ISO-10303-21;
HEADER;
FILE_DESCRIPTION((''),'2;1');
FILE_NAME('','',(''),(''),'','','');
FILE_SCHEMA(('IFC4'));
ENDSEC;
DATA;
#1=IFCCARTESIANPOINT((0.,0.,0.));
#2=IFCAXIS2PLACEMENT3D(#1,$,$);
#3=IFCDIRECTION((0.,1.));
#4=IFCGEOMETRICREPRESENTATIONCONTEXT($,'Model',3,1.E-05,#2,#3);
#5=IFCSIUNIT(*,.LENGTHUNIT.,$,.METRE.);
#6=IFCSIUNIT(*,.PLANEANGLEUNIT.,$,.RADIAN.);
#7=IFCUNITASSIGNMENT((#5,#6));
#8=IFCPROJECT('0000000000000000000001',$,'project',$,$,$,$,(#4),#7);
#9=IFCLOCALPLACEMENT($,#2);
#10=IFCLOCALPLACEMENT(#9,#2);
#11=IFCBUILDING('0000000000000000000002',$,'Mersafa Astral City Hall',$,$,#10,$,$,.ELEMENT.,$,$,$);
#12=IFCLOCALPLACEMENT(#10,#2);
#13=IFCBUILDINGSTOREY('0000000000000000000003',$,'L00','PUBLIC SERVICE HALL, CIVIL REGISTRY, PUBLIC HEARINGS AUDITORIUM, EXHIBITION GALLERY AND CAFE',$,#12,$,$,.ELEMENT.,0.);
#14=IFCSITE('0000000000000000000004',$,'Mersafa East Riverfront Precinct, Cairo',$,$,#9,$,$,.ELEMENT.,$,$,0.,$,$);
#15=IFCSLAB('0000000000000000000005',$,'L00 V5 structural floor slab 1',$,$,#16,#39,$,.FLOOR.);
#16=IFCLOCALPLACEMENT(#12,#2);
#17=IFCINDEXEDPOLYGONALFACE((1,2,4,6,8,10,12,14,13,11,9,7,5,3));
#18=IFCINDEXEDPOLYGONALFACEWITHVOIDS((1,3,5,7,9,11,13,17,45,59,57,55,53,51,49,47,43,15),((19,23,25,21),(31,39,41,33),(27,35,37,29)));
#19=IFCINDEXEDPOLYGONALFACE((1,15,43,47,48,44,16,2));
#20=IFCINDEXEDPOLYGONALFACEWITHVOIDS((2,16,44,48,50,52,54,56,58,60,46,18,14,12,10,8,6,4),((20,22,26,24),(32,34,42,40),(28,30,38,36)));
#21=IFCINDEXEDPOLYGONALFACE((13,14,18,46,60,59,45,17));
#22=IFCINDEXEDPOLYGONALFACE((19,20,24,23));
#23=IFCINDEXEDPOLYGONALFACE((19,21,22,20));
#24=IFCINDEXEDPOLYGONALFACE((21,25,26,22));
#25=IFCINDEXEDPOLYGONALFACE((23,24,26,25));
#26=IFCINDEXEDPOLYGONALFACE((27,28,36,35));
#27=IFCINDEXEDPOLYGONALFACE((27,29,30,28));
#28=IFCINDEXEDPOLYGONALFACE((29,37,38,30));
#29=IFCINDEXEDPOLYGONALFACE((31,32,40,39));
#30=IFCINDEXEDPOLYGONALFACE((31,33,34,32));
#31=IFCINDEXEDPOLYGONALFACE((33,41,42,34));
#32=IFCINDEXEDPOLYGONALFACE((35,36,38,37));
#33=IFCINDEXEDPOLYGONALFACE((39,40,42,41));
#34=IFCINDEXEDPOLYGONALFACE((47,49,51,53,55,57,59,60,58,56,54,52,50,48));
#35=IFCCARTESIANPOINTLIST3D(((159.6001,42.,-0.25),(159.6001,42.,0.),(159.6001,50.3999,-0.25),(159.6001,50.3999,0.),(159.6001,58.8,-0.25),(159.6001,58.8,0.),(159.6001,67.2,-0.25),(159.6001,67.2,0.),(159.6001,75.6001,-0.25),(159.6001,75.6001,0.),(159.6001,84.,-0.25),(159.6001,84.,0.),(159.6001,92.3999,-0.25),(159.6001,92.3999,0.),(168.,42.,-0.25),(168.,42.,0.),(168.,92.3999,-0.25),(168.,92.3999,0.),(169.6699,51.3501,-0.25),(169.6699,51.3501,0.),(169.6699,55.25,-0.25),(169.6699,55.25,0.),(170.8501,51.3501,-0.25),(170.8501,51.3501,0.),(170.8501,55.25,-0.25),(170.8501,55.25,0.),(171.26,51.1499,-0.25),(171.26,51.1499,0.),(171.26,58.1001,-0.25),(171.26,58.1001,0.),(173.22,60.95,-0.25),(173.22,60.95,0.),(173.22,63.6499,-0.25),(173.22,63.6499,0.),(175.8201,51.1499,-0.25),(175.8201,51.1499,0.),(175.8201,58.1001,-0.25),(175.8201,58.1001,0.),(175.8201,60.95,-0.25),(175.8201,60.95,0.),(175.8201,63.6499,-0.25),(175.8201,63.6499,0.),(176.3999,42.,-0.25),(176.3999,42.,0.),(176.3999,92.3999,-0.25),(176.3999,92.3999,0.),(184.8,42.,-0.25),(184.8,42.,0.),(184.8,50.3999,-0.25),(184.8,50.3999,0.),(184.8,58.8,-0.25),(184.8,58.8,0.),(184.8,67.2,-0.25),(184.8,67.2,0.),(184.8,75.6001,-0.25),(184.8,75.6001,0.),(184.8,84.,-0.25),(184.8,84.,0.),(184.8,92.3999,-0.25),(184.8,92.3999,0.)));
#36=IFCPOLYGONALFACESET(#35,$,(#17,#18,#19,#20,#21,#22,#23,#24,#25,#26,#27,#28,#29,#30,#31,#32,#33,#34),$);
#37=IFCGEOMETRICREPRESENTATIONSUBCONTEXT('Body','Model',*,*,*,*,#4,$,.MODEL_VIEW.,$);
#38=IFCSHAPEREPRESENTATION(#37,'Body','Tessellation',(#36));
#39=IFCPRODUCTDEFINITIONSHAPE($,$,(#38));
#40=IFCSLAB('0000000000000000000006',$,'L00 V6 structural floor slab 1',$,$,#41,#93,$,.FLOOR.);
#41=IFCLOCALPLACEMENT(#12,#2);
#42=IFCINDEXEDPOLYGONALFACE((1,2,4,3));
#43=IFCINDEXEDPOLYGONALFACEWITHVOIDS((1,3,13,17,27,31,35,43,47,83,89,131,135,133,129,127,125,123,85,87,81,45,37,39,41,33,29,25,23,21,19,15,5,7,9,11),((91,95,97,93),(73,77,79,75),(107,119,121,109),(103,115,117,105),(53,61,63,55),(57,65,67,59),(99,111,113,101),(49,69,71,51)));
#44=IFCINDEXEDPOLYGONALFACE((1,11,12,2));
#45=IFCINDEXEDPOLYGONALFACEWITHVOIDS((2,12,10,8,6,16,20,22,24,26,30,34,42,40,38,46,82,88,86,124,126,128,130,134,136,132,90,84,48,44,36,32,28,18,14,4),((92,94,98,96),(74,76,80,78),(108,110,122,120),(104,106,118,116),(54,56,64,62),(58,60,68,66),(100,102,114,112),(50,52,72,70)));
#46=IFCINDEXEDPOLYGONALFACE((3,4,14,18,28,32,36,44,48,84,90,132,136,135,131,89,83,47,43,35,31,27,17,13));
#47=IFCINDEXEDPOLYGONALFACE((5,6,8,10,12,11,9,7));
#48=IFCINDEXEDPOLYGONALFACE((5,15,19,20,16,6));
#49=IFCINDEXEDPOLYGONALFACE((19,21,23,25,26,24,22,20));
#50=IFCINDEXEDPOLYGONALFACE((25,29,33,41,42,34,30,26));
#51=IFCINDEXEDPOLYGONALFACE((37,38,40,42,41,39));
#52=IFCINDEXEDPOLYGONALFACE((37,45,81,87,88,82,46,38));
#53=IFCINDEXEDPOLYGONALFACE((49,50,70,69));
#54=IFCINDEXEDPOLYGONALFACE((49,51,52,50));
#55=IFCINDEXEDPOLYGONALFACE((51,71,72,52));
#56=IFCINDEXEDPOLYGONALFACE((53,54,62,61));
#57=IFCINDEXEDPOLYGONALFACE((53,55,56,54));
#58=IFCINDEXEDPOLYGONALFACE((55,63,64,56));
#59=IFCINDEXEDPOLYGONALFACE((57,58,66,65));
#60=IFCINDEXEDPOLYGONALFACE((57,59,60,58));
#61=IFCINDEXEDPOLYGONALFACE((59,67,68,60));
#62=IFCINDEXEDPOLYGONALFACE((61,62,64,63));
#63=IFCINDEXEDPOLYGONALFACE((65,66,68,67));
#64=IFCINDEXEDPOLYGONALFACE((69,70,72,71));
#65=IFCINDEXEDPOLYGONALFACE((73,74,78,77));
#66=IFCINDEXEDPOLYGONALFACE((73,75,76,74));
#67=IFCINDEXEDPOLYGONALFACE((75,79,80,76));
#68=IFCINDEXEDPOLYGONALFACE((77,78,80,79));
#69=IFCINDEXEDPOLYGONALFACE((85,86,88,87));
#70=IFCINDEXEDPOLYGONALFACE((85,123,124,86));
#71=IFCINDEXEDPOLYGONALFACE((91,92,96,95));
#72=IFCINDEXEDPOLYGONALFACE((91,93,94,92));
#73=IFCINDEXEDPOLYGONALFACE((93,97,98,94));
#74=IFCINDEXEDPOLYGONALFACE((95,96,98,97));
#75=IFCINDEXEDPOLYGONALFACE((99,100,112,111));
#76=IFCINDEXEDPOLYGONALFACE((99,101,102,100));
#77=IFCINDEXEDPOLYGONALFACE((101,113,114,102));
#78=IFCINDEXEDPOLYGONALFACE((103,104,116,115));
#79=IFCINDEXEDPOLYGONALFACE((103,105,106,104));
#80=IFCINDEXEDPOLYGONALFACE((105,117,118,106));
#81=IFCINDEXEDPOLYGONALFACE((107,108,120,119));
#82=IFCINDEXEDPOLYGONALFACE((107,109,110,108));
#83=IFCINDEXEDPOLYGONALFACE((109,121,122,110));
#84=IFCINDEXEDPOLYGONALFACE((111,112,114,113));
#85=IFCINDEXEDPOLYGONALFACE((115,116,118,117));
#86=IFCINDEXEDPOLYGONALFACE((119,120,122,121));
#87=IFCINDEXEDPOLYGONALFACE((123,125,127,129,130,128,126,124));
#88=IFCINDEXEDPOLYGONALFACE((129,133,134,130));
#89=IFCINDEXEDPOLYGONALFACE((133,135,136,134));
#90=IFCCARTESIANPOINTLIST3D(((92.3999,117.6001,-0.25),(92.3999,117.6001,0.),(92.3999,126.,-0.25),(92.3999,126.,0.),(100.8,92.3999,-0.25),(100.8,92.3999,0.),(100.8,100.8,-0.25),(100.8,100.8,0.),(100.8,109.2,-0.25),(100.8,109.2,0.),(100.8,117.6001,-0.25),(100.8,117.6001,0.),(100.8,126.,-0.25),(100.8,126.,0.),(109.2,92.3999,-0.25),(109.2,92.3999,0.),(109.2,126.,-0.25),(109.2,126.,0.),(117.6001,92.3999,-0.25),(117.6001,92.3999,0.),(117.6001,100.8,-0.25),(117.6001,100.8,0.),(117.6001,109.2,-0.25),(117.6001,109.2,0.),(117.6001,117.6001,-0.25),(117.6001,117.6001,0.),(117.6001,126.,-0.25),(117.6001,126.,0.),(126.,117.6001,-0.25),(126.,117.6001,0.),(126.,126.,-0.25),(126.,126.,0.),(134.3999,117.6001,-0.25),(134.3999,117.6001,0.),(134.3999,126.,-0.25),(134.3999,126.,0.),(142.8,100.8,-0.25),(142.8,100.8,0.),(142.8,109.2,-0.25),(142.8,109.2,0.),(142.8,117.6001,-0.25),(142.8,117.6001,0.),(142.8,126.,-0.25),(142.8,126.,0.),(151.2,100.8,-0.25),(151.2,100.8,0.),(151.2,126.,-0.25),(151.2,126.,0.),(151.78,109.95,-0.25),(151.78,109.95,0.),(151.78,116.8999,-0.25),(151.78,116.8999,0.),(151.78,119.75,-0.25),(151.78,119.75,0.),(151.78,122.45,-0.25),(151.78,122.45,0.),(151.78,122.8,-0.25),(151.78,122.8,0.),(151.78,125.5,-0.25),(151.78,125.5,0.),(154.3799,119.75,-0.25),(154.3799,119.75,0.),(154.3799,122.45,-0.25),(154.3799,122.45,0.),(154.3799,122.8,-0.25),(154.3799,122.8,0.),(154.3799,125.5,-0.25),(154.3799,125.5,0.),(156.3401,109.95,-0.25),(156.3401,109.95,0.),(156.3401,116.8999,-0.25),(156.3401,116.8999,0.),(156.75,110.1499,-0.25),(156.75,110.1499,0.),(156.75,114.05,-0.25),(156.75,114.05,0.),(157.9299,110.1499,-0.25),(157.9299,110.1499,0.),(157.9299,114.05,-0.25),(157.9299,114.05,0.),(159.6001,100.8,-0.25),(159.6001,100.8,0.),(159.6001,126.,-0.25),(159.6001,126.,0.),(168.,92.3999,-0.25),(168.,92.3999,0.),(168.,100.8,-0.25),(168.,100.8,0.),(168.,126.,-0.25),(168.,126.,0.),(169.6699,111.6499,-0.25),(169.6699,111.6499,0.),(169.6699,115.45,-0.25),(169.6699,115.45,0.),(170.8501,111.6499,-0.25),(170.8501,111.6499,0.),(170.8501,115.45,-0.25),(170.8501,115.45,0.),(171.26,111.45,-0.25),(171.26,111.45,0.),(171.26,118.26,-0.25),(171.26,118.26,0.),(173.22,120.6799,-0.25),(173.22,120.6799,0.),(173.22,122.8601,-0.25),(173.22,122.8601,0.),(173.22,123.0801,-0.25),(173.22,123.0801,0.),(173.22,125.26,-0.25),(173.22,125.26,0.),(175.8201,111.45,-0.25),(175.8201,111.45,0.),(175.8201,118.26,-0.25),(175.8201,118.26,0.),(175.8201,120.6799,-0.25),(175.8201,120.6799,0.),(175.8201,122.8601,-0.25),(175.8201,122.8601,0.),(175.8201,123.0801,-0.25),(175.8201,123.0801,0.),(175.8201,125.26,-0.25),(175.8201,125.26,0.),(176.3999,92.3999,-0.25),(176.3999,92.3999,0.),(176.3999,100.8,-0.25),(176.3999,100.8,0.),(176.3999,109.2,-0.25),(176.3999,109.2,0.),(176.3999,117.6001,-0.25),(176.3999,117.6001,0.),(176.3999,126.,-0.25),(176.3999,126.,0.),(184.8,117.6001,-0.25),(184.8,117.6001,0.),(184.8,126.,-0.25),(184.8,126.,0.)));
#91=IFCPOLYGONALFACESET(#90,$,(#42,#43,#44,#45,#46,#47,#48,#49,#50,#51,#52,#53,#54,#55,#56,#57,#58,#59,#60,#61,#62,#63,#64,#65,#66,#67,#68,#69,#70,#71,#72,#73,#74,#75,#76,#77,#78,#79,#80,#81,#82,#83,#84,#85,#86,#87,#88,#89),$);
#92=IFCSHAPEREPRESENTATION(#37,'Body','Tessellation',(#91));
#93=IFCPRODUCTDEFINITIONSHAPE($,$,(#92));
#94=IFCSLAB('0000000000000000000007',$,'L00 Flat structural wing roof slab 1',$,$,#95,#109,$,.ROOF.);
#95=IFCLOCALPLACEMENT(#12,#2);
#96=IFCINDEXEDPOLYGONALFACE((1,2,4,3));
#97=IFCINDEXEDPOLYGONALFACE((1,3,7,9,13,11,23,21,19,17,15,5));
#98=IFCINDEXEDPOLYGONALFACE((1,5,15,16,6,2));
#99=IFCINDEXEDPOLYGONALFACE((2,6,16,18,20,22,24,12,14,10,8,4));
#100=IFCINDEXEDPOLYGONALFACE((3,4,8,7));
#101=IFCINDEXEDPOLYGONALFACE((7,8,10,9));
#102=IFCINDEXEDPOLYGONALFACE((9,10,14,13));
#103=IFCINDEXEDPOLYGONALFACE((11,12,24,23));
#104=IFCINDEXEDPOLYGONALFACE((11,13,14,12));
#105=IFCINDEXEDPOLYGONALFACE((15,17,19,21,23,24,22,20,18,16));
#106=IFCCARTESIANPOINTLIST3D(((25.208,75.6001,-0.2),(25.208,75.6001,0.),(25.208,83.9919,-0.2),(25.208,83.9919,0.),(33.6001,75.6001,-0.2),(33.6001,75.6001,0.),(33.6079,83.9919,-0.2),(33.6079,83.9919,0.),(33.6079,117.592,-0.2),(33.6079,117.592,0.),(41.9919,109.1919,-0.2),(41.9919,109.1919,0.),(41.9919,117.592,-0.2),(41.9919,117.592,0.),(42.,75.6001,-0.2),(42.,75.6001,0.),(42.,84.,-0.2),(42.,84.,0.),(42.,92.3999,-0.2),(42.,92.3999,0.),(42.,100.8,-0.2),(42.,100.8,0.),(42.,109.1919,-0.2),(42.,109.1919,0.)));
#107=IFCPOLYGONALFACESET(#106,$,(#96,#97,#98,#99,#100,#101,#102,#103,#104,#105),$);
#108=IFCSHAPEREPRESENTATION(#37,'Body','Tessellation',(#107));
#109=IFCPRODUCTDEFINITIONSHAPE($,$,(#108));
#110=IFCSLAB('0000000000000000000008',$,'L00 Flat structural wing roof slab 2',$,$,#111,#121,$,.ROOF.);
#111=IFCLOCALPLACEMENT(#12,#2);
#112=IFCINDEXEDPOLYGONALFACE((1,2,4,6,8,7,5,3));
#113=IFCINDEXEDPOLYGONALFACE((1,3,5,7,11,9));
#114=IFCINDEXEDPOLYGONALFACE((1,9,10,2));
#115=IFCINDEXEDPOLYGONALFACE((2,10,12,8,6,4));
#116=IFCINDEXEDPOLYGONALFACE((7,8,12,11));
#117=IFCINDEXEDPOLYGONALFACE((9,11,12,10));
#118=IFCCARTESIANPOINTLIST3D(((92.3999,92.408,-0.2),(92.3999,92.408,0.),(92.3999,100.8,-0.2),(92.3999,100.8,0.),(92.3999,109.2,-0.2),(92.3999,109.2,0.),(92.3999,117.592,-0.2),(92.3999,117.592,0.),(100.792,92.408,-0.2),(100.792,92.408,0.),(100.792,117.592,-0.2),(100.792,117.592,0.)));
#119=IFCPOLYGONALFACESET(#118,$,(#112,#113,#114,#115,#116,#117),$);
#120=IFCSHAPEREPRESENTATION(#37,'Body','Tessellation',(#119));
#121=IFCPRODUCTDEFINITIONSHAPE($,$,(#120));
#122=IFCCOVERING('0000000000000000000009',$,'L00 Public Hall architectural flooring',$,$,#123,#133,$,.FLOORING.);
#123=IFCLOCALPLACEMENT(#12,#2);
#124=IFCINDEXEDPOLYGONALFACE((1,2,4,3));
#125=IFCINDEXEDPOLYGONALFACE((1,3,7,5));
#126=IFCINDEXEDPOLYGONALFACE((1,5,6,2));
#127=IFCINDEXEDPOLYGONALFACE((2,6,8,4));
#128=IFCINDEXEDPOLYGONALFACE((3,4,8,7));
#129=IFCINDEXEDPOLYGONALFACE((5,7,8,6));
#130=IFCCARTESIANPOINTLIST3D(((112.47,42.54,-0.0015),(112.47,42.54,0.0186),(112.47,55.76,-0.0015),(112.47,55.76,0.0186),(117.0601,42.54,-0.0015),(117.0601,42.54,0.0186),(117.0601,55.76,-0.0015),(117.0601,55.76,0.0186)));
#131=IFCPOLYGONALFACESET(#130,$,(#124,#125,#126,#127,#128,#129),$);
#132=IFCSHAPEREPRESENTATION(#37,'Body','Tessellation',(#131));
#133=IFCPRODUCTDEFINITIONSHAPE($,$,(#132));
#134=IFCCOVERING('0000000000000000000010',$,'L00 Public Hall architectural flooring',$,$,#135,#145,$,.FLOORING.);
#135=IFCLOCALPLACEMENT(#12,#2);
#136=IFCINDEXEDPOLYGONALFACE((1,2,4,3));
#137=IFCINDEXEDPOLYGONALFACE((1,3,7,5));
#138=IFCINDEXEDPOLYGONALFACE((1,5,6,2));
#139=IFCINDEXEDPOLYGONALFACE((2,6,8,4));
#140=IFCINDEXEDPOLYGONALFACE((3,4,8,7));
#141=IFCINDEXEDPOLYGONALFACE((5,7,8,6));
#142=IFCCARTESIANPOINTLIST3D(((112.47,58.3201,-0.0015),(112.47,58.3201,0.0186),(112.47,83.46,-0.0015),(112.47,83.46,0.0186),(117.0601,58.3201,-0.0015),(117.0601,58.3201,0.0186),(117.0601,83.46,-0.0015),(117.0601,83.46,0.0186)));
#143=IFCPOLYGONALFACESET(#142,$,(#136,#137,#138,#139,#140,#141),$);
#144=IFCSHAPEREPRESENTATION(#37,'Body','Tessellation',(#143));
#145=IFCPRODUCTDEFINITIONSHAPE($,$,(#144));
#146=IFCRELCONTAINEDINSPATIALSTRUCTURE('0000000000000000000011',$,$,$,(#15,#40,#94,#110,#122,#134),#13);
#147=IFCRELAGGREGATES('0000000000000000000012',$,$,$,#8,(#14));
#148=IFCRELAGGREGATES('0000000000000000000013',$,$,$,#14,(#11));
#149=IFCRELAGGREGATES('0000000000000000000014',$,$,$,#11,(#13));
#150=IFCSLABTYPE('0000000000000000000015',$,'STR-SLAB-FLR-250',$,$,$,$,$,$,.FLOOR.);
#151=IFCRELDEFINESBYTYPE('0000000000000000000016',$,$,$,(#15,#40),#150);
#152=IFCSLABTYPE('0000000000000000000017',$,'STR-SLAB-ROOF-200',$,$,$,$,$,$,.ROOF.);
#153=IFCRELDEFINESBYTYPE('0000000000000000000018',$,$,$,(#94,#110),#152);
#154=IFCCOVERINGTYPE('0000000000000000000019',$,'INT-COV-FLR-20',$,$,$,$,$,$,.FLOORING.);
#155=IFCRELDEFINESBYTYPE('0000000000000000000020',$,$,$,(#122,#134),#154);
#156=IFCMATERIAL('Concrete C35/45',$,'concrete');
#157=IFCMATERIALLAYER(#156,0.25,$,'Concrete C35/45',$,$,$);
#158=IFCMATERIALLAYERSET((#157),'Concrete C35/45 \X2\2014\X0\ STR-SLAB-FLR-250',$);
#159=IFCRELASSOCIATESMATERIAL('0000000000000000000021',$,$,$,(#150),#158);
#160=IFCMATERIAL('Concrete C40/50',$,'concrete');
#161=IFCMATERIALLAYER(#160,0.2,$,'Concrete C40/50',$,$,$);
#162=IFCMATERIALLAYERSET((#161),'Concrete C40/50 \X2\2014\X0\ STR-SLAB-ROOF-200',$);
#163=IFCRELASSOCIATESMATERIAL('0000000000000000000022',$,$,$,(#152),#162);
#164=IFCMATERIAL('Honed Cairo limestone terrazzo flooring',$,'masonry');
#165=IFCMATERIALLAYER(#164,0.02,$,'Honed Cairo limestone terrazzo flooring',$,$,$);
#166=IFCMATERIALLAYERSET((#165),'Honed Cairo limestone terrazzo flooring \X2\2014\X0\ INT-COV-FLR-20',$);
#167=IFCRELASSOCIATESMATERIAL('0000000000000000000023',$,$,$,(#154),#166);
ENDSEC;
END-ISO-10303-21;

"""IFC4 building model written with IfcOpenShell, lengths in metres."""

from ifc_helpers import new_model, si_unit, direction, frame, origin, place, context, subcontext, project, spatial, polyline, outline, extrude, material, layer, layer_set, type_object, element, save


model = new_model("IFC4")

# Units and contexts
model_context = context("Model", 3, precision=1e-05, world=origin(), true_north=direction((0.0, 1.0)))
body_context = subcontext(model_context, "Body", "Model", "MODEL_VIEW")
ifc_project = project(units=[si_unit("LENGTHUNIT", "METRE"), si_unit("PLANEANGLEUNIT", "RADIAN")], contexts=[model_context])

# Site, building, storey
site_placement = place(None, origin())
site = spatial("IfcSite", under=ifc_project, at=site_placement, Name="Mersafa East Riverfront Precinct, Cairo", CompositionType="ELEMENT", RefElevation=0.0)
building_placement = place(site_placement, origin())
building = spatial("IfcBuilding", under=site, at=building_placement, Name="Mersafa Astral City Hall", CompositionType="ELEMENT")
storey_placement = place(building_placement, origin())
storey = spatial("IfcBuildingStorey", under=building, at=storey_placement, Name="L00", Description="PUBLIC SERVICE HALL, CIVIL REGISTRY, PUBLIC HEARINGS AUDITORIUM, EXHIBITION GALLERY AND CAFE", CompositionType="ELEMENT", Elevation=0.0)

# Slabs
ifc_material_1 = material(Name="Concrete C35/45", Category="concrete")
ifc_layer_1 = layer(ifc_material_1, 0.25, Name="Concrete C35/45")
ifc_layer_set_1 = layer_set([ifc_layer_1], Name="Concrete C35/45 — STR-SLAB-FLR-250")
slab_type_1 = type_object("IfcSlabType", Name="STR-SLAB-FLR-250", PredefinedType="FLOOR", material=ifc_layer_set_1)
slab_1_placement = place(storey_placement, frame((0.0, 0.0, -0.25)))
element("IfcSlab", 1, at=slab_1_placement, inside=storey, type_object=slab_type_1, Name="L00 V5 structural floor slab 1", PredefinedType="FLOOR", context=body_context, shape_type="SweptSolid", body=[
    extrude(outline(polyline([(159.6001, 67.2), (159.6001, 75.6001), (159.6001, 84.0), (159.6001, 92.3999), (168.0, 92.3999), (176.3999, 92.3999), (184.8, 92.3999), (184.8, 84.0), (184.8, 75.6001), (184.8, 67.2), (184.8, 58.8), (184.8, 50.3999), (184.8, 42.0), (176.3999, 42.0), (168.0, 42.0), (159.6001, 42.0), (159.6001, 50.3999), (159.6001, 58.8), (159.6001, 67.2)]), holes=[polyline([(170.8501, 55.25), (169.6699, 55.25), (169.6699, 51.3501), (170.8501, 51.3501), (170.8501, 55.25)]), polyline([(171.26, 51.1499), (175.8201, 51.1499), (175.8201, 58.1001), (171.26, 58.1001), (171.26, 51.1499)]), polyline([(175.8201, 63.6499), (173.22, 63.6499), (173.22, 60.95), (175.8201, 60.95), (175.8201, 63.6499)])]), origin(), (0.0, 0.0, 1.0), 0.25),
])
slab_2_placement = place(storey_placement, frame((0.0, 0.0, -0.25)))
element("IfcSlab", 2, at=slab_2_placement, inside=storey, type_object=slab_type_1, Name="L00 V6 structural floor slab 1", PredefinedType="FLOOR", context=body_context, shape_type="SweptSolid", body=[
    extrude(outline(polyline([(92.3999, 117.6001), (92.3999, 126.0), (100.8, 126.0), (109.2, 126.0), (117.6001, 126.0), (126.0, 126.0), (134.3999, 126.0), (142.8, 126.0), (151.2, 126.0), (159.6001, 126.0), (168.0, 126.0), (176.3999, 126.0), (184.8, 126.0), (184.8, 117.6001), (176.3999, 117.6001), (176.3999, 109.2), (176.3999, 100.8), (176.3999, 92.3999), (168.0, 92.3999), (168.0, 100.8), (159.6001, 100.8), (151.2, 100.8), (142.8, 100.8), (142.8, 109.2), (142.8, 117.6001), (134.3999, 117.6001), (126.0, 117.6001), (117.6001, 117.6001), (117.6001, 109.2), (117.6001, 100.8), (117.6001, 92.3999), (109.2, 92.3999), (100.8, 92.3999), (100.8, 100.8), (100.8, 109.2), (100.8, 117.6001), (92.3999, 117.6001)]), holes=[polyline([(154.3799, 119.75), (154.3799, 122.45), (151.78, 122.45), (151.78, 119.75), (154.3799, 119.75)]), polyline([(157.9299, 110.1499), (157.9299, 114.05), (156.75, 114.05), (156.75, 110.1499), (157.9299, 110.1499)]), polyline([(151.78, 116.8999), (151.78, 109.95), (156.3401, 109.95), (156.3401, 116.8999), (151.78, 116.8999)]), polyline([(170.8501, 115.45), (169.6699, 115.45), (169.6699, 111.6499), (170.8501, 111.6499), (170.8501, 115.45)]), polyline([(171.26, 111.45), (175.8201, 111.45), (175.8201, 118.26), (171.26, 118.26), (171.26, 111.45)]), polyline([(175.8201, 122.8601), (173.22, 122.8601), (173.22, 120.6799), (175.8201, 120.6799), (175.8201, 122.8601)]), polyline([(154.3799, 122.8), (154.3799, 125.5), (151.78, 125.5), (151.78, 122.8), (154.3799, 122.8)]), polyline([(175.8201, 123.0801), (175.8201, 125.26), (173.22, 125.26), (173.22, 123.0801), (175.8201, 123.0801)])]), origin(), (0.0, 0.0, 1.0), 0.25),
])
ifc_material_2 = material(Name="Concrete C40/50", Category="concrete")
ifc_layer_2 = layer(ifc_material_2, 0.2, Name="Concrete C40/50")
ifc_layer_set_2 = layer_set([ifc_layer_2], Name="Concrete C40/50 — STR-SLAB-ROOF-200")
slab_type_2 = type_object("IfcSlabType", Name="STR-SLAB-ROOF-200", PredefinedType="ROOF", material=ifc_layer_set_2)
slab_3_placement = place(storey_placement, frame((0.0, 0.0, -0.2)))
element("IfcSlab", 3, at=slab_3_placement, inside=storey, type_object=slab_type_2, Name="L00 Flat structural wing roof slab 1", PredefinedType="ROOF", context=body_context, shape_type="SweptSolid", body=[
    extrude(outline(polyline([(42.0, 100.8), (42.0, 92.3999), (42.0, 84.0), (42.0, 75.6001), (33.6001, 75.6001), (25.208, 75.6001), (25.208, 83.9919), (33.6079, 83.9919), (33.6079, 117.592), (41.9919, 117.592), (41.9919, 109.1919), (42.0, 109.1919), (42.0, 100.8)])), origin(), (0.0, 0.0, 1.0), 0.2),
])
slab_4_placement = place(storey_placement, frame((0.0, 0.0, -0.2)))
element("IfcSlab", 4, at=slab_4_placement, inside=storey, type_object=slab_type_2, Name="L00 Flat structural wing roof slab 2", PredefinedType="ROOF", context=body_context, shape_type="SweptSolid", body=[
    extrude(outline(polyline([(92.3999, 100.8), (92.3999, 109.2), (92.3999, 117.592), (100.792, 117.592), (100.792, 92.408), (92.3999, 92.408), (92.3999, 100.8)])), origin(), (0.0, 0.0, 1.0), 0.2),
])

# Coverings
ifc_material_3 = material(Name="Honed Cairo limestone terrazzo flooring", Category="masonry")
ifc_layer_3 = layer(ifc_material_3, 0.02, Name="Honed Cairo limestone terrazzo flooring")
ifc_layer_set_3 = layer_set([ifc_layer_3], Name="Honed Cairo limestone terrazzo flooring — INT-COV-FLR-20")
covering_type = type_object("IfcCoveringType", Name="INT-COV-FLR-20", PredefinedType="FLOORING", material=ifc_layer_set_3)
covering_1_placement = place(storey_placement, frame((0.0, 0.0, -0.0015)))
element("IfcCovering", 5, at=covering_1_placement, inside=storey, type_object=covering_type, Name="L00 Public Hall architectural flooring", PredefinedType="FLOORING", context=body_context, shape_type="SweptSolid", body=[
    extrude(outline(polyline([(112.47, 42.54), (112.47, 55.76), (117.0601, 55.76), (117.0601, 42.54), (112.47, 42.54)])), origin(), (0.0, 0.0, 1.0), 0.02),
])
covering_2_placement = place(storey_placement, frame((0.0, 0.0, -0.0015)))
element("IfcCovering", 6, at=covering_2_placement, inside=storey, type_object=covering_type, Name="L00 Public Hall architectural flooring", PredefinedType="FLOORING", context=body_context, shape_type="SweptSolid", body=[
    extrude(outline(polyline([(112.47, 58.3201), (112.47, 83.46), (117.0601, 83.46), (117.0601, 58.3201), (112.47, 58.3201)])), origin(), (0.0, 0.0, 1.0), 0.02),
])

save(model, "model.ifc")
